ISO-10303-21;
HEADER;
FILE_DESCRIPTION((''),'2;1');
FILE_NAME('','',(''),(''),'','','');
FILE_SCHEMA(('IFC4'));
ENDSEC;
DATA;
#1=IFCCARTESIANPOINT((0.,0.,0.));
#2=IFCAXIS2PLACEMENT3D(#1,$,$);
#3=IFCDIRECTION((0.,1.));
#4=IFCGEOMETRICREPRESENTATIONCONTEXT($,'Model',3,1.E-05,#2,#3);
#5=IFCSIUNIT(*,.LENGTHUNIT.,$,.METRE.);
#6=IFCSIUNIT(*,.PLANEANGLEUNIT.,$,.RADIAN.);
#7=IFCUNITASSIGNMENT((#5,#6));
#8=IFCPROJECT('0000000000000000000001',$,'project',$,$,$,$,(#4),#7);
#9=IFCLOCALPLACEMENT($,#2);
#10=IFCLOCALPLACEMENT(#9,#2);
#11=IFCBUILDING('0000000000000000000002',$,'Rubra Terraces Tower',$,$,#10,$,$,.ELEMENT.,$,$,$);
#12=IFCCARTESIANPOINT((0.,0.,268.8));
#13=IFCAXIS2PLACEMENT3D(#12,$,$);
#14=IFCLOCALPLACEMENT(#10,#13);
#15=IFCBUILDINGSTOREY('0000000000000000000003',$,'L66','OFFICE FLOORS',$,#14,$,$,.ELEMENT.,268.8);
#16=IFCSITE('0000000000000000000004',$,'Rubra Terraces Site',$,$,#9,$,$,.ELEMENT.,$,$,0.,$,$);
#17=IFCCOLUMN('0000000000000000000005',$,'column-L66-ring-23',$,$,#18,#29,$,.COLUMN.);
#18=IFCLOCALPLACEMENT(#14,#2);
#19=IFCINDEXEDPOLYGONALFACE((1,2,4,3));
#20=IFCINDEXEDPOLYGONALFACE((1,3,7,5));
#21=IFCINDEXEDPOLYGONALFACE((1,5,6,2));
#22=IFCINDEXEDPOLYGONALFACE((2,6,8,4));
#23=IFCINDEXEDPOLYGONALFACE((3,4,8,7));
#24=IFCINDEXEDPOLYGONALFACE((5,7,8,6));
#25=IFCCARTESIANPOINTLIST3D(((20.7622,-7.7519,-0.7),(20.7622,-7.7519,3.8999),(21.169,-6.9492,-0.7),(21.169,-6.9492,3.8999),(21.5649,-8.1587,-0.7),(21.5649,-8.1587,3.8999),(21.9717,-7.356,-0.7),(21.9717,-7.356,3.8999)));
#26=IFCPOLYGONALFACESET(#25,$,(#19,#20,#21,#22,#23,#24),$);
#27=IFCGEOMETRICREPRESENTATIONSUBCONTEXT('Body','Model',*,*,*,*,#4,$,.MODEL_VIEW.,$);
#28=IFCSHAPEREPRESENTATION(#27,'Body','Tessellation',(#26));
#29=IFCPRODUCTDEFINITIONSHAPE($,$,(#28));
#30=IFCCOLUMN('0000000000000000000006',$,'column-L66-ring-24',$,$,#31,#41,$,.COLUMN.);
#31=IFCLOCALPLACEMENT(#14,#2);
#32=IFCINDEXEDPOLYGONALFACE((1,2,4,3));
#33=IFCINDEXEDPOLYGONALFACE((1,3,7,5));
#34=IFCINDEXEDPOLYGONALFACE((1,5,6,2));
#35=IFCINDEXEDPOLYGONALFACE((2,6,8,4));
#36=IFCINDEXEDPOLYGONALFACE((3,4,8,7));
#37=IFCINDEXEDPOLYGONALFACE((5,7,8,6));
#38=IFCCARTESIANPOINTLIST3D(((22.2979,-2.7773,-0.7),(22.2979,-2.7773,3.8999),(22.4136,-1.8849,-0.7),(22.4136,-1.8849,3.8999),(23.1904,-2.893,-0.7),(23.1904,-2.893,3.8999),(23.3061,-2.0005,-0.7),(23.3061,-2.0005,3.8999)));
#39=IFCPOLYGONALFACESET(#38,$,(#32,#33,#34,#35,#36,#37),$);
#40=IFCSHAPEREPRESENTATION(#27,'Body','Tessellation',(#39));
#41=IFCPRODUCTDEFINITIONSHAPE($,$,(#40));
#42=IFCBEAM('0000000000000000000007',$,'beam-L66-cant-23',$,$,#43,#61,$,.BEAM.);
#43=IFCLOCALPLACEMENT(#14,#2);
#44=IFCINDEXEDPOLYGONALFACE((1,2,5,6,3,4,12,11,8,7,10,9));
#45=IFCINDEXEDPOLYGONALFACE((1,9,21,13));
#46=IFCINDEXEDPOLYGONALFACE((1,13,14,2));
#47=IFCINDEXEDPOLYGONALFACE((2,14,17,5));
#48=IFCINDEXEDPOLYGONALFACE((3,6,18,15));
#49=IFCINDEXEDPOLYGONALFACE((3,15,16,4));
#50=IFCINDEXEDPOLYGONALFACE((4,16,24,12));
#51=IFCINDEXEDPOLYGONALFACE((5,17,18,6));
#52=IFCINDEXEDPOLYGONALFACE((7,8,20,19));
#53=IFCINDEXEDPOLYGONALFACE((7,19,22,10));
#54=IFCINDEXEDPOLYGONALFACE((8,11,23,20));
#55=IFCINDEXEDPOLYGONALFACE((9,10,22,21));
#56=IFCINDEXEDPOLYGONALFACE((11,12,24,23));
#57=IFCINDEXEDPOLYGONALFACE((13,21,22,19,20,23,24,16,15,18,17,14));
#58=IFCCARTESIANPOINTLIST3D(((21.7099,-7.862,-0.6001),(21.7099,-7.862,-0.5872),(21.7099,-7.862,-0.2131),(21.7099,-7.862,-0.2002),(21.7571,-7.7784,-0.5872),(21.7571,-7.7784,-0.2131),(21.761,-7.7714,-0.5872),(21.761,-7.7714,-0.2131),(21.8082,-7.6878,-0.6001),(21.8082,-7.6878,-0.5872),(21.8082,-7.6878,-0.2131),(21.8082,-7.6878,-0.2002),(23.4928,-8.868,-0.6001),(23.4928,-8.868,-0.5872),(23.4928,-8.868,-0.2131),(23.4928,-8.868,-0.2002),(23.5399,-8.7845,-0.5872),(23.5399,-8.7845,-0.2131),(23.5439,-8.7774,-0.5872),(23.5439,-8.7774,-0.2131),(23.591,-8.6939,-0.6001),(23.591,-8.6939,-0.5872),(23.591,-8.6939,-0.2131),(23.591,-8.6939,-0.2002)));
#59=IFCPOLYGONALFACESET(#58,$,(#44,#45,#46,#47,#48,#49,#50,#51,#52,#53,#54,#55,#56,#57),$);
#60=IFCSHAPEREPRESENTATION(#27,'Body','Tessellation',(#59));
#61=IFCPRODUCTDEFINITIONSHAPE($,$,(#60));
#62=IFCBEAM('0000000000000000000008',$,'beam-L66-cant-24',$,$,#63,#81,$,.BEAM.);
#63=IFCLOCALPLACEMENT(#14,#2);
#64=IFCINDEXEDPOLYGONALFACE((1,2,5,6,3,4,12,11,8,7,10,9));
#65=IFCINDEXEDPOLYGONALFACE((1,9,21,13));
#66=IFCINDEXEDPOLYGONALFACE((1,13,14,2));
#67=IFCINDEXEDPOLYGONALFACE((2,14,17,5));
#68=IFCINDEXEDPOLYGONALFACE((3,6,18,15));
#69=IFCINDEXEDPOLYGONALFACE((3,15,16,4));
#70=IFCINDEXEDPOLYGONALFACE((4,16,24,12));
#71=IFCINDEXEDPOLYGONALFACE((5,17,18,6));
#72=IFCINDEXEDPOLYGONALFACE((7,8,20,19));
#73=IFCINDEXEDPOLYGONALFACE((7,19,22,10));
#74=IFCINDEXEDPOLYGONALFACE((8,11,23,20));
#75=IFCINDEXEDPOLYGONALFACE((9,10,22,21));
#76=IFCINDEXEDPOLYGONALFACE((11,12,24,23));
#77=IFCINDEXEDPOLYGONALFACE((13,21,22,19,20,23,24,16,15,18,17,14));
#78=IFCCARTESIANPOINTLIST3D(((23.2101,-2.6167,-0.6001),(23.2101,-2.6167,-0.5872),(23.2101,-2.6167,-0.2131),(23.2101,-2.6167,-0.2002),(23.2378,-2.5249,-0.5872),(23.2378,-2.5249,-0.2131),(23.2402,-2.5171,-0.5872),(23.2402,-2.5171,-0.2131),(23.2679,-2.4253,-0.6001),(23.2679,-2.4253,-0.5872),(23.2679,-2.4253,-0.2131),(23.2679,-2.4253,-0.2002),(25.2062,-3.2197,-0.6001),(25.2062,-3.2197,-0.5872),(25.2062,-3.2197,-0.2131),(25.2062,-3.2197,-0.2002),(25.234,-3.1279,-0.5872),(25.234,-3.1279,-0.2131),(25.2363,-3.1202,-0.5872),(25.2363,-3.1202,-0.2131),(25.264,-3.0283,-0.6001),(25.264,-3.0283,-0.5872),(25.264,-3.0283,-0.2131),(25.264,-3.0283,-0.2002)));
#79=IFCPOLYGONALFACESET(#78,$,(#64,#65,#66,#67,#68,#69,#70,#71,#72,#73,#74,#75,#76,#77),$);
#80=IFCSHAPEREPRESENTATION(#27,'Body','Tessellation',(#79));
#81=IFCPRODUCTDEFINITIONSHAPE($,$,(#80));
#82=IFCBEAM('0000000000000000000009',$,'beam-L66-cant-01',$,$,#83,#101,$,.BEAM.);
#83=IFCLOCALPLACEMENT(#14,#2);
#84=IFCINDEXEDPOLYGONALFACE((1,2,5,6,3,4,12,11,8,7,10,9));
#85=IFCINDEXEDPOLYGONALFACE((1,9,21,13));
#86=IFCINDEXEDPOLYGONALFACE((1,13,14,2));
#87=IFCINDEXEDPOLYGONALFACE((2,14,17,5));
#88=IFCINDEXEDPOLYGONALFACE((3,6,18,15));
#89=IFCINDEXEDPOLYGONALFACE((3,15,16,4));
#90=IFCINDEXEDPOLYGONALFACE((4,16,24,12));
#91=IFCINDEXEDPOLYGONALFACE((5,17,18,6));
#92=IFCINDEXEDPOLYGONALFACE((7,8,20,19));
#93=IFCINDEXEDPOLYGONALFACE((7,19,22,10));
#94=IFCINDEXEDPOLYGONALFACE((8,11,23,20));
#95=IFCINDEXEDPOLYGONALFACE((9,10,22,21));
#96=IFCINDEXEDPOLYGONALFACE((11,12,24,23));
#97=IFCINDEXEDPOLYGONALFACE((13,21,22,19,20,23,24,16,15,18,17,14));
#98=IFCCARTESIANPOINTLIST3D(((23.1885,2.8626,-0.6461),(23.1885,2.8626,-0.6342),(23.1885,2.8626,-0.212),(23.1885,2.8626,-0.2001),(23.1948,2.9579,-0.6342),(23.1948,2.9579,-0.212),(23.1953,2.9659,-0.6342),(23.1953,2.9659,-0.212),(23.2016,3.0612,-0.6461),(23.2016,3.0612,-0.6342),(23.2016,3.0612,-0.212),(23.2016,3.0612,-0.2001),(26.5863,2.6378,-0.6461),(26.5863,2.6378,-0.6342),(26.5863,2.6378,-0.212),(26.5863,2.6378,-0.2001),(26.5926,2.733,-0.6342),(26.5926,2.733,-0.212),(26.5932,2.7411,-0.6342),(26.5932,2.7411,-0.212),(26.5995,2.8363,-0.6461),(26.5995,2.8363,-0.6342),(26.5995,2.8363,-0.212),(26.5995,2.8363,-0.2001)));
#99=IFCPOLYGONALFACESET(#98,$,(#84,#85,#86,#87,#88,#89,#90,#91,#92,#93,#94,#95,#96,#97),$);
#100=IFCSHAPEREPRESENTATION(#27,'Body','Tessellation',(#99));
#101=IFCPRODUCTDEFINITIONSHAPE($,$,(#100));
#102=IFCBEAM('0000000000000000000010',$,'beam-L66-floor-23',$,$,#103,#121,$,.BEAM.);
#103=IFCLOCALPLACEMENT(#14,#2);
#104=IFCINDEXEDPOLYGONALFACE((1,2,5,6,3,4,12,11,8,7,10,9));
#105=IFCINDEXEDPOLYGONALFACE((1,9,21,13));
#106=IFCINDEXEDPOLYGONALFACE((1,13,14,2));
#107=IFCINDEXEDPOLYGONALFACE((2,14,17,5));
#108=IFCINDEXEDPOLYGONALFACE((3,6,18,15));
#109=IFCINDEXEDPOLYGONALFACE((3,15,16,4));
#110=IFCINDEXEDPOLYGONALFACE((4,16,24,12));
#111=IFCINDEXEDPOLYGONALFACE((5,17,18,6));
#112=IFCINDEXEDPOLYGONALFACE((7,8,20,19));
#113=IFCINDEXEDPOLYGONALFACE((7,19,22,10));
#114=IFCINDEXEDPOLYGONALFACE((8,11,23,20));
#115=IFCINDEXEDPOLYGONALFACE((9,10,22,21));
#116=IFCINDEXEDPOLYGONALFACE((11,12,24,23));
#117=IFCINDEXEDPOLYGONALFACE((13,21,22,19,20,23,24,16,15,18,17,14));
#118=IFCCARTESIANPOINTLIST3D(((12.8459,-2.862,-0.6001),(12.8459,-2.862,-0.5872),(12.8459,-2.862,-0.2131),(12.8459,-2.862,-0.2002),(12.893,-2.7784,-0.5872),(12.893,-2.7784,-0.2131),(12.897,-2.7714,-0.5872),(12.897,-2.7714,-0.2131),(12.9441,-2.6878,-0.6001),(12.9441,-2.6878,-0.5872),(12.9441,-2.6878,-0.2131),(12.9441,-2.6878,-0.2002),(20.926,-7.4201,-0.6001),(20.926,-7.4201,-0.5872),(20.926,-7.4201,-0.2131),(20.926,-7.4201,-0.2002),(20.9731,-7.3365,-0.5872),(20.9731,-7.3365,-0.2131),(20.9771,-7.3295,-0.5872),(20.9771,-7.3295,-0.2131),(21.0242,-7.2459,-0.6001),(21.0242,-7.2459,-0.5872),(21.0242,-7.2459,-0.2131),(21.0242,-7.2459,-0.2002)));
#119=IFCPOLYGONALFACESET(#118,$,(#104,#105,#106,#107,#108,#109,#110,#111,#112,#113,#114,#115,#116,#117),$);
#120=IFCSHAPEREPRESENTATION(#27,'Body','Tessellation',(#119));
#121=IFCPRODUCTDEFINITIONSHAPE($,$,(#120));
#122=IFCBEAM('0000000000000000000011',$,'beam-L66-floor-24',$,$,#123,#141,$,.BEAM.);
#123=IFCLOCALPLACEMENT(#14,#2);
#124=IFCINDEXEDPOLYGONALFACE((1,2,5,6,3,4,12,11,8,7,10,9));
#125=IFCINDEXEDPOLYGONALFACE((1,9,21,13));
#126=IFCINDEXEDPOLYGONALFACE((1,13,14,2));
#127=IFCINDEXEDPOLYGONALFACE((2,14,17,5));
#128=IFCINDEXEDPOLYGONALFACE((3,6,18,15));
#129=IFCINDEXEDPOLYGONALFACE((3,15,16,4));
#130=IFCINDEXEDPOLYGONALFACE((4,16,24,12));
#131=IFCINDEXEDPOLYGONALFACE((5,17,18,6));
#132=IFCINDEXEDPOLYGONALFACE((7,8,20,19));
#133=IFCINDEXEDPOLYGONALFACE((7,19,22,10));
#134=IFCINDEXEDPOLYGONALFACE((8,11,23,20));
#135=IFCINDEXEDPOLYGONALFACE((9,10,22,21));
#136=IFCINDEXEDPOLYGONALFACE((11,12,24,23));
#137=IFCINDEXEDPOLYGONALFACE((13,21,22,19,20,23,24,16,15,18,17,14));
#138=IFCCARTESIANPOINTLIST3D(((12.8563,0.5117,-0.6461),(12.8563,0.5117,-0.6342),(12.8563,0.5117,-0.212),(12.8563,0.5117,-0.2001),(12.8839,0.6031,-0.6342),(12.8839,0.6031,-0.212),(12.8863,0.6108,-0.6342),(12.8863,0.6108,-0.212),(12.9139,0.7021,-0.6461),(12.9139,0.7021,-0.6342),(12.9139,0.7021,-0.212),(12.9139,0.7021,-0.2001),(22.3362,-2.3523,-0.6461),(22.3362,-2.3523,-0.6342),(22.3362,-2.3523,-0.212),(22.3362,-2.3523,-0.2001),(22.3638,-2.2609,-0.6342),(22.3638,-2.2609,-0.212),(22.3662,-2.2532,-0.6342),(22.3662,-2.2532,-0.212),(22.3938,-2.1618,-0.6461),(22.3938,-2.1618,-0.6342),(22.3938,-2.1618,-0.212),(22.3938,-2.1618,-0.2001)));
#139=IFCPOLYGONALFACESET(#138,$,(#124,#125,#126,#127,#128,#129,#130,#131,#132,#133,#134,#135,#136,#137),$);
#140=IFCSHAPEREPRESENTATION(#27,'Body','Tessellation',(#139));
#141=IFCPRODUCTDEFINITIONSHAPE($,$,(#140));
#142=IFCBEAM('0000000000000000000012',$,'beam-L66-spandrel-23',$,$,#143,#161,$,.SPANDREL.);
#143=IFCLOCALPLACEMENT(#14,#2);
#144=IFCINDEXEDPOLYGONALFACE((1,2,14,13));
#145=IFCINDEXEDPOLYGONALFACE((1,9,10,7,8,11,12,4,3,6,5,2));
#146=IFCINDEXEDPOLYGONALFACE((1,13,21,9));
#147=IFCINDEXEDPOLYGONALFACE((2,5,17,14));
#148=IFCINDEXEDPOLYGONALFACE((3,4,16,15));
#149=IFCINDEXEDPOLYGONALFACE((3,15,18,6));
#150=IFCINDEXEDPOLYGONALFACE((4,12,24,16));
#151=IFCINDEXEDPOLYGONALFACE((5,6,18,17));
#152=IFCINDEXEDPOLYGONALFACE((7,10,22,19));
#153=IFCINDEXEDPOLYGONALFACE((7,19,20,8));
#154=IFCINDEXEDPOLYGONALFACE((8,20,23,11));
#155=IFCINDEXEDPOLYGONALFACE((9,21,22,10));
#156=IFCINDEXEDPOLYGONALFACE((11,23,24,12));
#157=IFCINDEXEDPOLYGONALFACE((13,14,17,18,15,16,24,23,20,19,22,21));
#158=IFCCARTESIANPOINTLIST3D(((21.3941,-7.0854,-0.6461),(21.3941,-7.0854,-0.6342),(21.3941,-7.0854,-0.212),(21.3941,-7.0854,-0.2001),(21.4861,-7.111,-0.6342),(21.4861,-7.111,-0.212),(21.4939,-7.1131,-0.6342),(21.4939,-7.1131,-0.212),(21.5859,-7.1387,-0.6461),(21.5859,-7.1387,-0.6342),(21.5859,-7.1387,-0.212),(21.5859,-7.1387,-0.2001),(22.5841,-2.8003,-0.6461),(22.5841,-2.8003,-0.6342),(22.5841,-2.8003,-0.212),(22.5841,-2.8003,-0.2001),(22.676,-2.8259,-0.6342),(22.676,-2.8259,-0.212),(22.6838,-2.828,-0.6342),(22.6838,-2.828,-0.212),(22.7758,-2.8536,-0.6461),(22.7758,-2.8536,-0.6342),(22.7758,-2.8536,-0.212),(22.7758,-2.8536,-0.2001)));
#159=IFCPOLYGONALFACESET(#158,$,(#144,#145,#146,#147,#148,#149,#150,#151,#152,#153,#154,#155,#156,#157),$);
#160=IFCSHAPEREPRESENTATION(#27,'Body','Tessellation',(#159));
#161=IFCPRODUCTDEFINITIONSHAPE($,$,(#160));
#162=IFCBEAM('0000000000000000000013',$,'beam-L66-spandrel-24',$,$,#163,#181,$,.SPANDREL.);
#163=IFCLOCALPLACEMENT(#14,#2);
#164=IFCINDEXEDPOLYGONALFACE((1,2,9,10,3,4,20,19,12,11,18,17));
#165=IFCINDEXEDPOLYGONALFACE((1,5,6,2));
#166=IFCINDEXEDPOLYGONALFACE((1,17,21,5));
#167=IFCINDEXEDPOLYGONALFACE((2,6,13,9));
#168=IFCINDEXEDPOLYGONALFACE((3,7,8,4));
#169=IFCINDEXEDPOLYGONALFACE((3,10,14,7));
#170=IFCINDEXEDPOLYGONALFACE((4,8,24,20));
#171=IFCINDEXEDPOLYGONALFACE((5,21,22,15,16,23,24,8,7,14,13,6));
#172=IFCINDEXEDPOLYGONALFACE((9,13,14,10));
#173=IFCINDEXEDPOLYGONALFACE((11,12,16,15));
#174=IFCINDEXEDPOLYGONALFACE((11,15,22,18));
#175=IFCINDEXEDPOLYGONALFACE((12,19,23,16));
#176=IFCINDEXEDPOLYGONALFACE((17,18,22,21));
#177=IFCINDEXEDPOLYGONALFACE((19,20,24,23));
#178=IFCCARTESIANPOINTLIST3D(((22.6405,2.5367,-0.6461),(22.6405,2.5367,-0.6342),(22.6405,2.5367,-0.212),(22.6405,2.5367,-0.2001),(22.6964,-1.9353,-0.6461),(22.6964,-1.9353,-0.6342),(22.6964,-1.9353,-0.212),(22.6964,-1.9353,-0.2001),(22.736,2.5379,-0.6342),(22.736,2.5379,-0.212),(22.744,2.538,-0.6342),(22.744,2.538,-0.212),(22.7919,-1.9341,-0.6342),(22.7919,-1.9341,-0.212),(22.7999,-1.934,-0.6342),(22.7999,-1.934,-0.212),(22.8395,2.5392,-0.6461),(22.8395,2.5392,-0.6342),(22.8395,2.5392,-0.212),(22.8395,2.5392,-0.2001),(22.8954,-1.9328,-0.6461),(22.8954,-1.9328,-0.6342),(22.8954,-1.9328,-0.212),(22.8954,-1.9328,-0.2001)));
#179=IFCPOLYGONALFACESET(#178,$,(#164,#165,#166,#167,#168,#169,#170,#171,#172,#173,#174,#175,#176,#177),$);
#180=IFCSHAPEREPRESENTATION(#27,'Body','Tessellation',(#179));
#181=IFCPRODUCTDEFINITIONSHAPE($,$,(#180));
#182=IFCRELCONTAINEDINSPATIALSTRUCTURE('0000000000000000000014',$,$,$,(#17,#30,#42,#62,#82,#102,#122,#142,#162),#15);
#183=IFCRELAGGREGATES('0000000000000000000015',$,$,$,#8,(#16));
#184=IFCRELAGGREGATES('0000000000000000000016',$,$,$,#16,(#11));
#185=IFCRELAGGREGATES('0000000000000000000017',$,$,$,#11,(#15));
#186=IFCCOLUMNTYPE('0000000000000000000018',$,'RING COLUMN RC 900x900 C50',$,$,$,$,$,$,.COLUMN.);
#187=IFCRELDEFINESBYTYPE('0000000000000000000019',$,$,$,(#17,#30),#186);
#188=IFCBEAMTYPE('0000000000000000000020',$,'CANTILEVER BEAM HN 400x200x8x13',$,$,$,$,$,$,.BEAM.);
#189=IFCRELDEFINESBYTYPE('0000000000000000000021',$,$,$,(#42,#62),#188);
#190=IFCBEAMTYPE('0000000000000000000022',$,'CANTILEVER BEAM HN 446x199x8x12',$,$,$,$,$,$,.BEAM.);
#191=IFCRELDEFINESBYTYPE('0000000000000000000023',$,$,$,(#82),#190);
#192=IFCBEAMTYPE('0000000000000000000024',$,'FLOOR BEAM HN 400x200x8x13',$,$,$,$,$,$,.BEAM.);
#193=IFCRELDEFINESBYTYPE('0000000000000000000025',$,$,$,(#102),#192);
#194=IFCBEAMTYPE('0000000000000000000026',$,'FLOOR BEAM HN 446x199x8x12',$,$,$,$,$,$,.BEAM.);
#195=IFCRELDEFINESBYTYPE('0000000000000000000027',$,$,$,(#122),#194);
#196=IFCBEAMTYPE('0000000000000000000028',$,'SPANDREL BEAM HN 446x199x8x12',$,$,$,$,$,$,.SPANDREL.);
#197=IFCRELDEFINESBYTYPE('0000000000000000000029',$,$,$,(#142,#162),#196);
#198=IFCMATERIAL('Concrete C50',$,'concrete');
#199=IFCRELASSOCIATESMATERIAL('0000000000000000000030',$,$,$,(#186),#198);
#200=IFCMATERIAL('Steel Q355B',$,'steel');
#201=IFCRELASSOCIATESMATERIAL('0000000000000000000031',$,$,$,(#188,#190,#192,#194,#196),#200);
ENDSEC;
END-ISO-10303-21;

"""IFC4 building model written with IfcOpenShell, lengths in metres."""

from ifc_helpers import new_model, si_unit, direction, frame, origin, origin_2d, place, context, subcontext, project, spatial, rectangle, i_section, extrude, material, material_profile, profile_set, type_object, element, save


model = new_model("IFC4")

# Units and contexts
model_context = context("Model", 3, precision=1e-05, world=origin(), true_north=direction((0.0, 1.0)))
body_context = subcontext(model_context, "Body", "Model", "MODEL_VIEW")
ifc_project = project(units=[si_unit("LENGTHUNIT", "METRE"), si_unit("PLANEANGLEUNIT", "RADIAN")], contexts=[model_context])

# Site, building, storey
site_placement = place(None, origin())
site = spatial("IfcSite", under=ifc_project, at=site_placement, Name="Rubra Terraces Site", CompositionType="ELEMENT", RefElevation=0.0)
building_placement = place(site_placement, origin())
building = spatial("IfcBuilding", under=site, at=building_placement, Name="Rubra Terraces Tower", CompositionType="ELEMENT")
storey_placement = place(building_placement, frame((0.0, 0.0, 268.8)))
storey = spatial("IfcBuildingStorey", under=building, at=storey_placement, Name="L66", Description="OFFICE FLOORS", CompositionType="ELEMENT", Elevation=268.8)

# Columns
ifc_material_1 = material(Name="Concrete C50", Category="concrete")
ifc_material_profile_1 = material_profile(ifc_material_1, rectangle(XDim=0.8999, YDim=0.8999, at=origin_2d()), Name="RC 900x900")
ifc_profile_set_1 = profile_set([ifc_material_profile_1], Name="Concrete C50")
column_type = type_object("IfcColumnType", Name="RING COLUMN RC 900x900 C50", PredefinedType="COLUMN", material=ifc_profile_set_1)
for number, where, z_axis, x_axis, name in (
    (1, (21.3669, -7.554, -0.7), (0.0, 0.0, 1.0), (0.452079, 0.891978, 0.0), "column-L66-ring-23"),
    (2, (22.802, -2.3889, -0.7), (0.0, 0.0, 1.0), (0.128535, 0.991705, 0.0), "column-L66-ring-24"),
):
    element("IfcColumn", number, at=place(storey_placement, frame(where, z_axis=z_axis, x_axis=x_axis)), inside=storey, type_object=column_type, Name=name, PredefinedType="COLUMN", context=body_context, shape_type="SweptSolid", body=[
        extrude(rectangle(XDim=0.8999, YDim=0.8999, at=origin_2d()), origin(), (0.0, 0.0, 1.0), 4.5999),
    ])

# Beams
ifc_material_2 = material(Name="Steel Q355B", Category="steel")
ifc_material_profile_2 = material_profile(ifc_material_2, i_section(OverallWidth=0.2, OverallDepth=0.3999, WebThickness=0.0081, FlangeThickness=0.0129, at=origin_2d()), Name="HN 400x200x8x13")
ifc_profile_set_2 = profile_set([ifc_material_profile_2], Name="Steel Q355B")
beam_type_1 = type_object("IfcBeamType", Name="CANTILEVER BEAM HN 400x200x8x13", PredefinedType="BEAM", material=ifc_profile_set_2)
beam_1_placement = place(storey_placement, frame((21.759, -7.7749, -0.4001), z_axis=(0.870909, -0.491444, 0.0), x_axis=(0.491444, 0.870909, 0.0)))
element("IfcBeam", 3, at=beam_1_placement, inside=storey, type_object=beam_type_1, Name="beam-L66-cant-23", PredefinedType="BEAM", context=body_context, shape_type="SweptSolid", body=[
    extrude(i_section(OverallWidth=0.2, OverallDepth=0.3999, WebThickness=0.0081, FlangeThickness=0.0129, at=origin_2d()), origin(), (0.0, 0.0, 1.0), 2.0471),
])
beam_2_placement = place(storey_placement, frame((23.239, -2.521, -0.4001), z_axis=(0.95727, -0.289195, 0.0), x_axis=(0.289195, 0.95727, 0.0)))
element("IfcBeam", 4, at=beam_2_placement, inside=storey, type_object=beam_type_1, Name="beam-L66-cant-24", PredefinedType="BEAM", context=body_context, shape_type="SweptSolid", body=[
    extrude(i_section(OverallWidth=0.2, OverallDepth=0.3999, WebThickness=0.0081, FlangeThickness=0.0129, at=origin_2d()), origin(), (0.0, 0.0, 1.0), 2.0852),
])
ifc_material_profile_3 = material_profile(ifc_material_2, i_section(OverallWidth=0.199, OverallDepth=0.446, WebThickness=0.0081, FlangeThickness=0.012, at=origin_2d()), Name="HN 446x199x8x12")
ifc_profile_set_3 = profile_set([ifc_material_profile_3], Name="Steel Q355B")
beam_type_2 = type_object("IfcBeamType", Name="CANTILEVER BEAM HN 446x199x8x12", PredefinedType="BEAM", material=ifc_profile_set_3)
beam_3_placement = place(storey_placement, frame((23.1951, 2.9619, -0.4231), z_axis=(0.997818, -0.066029, 0.0), x_axis=(0.066029, 0.997818, 0.0)))
element("IfcBeam", 5, at=beam_3_placement, inside=storey, type_object=beam_type_2, Name="beam-L66-cant-01", PredefinedType="BEAM", context=body_context, shape_type="SweptSolid", body=[
    extrude(i_section(OverallWidth=0.199, OverallDepth=0.446, WebThickness=0.0081, FlangeThickness=0.012, at=origin_2d()), origin(), (0.0, 0.0, 1.0), 3.4053),
])
ifc_material_profile_4 = material_profile(ifc_material_2, i_section(OverallWidth=0.2, OverallDepth=0.3999, WebThickness=0.0081, FlangeThickness=0.0129, at=origin_2d()), Name="HN 400x200x8x13")
ifc_profile_set_4 = profile_set([ifc_material_profile_4], Name="Steel Q355B")
beam_type_3 = type_object("IfcBeamType", Name="FLOOR BEAM HN 400x200x8x13", PredefinedType="BEAM", material=ifc_profile_set_4)
beam_4_placement = place(storey_placement, frame((20.9751, -7.333, -0.4001), z_axis=(-0.870973, 0.49133, 0.0), x_axis=(-0.49133, -0.870973, 0.0)))
element("IfcBeam", 6, at=beam_4_placement, inside=storey, type_object=beam_type_3, Name="beam-L66-floor-23", PredefinedType="BEAM", context=body_context, shape_type="SweptSolid", body=[
    extrude(i_section(OverallWidth=0.2, OverallDepth=0.3999, WebThickness=0.0081, FlangeThickness=0.0129, at=origin_2d()), origin(), (0.0, 0.0, 1.0), 9.2771),
])
ifc_material_profile_5 = material_profile(ifc_material_2, i_section(OverallWidth=0.199, OverallDepth=0.446, WebThickness=0.0081, FlangeThickness=0.012, at=origin_2d()), Name="HN 446x199x8x12")
ifc_profile_set_5 = profile_set([ifc_material_profile_5], Name="Steel Q355B")
beam_type_4 = type_object("IfcBeamType", Name="FLOOR BEAM HN 446x199x8x12", PredefinedType="BEAM", material=ifc_profile_set_5)
beam_5_placement = place(storey_placement, frame((22.365, -2.2571, -0.4231), z_axis=(-0.957268, 0.289202, 0.0), x_axis=(-0.289202, -0.957268, 0.0)))
element("IfcBeam", 7, at=beam_5_placement, inside=storey, type_object=beam_type_4, Name="beam-L66-floor-24", PredefinedType="BEAM", context=body_context, shape_type="SweptSolid", body=[
    extrude(i_section(OverallWidth=0.199, OverallDepth=0.446, WebThickness=0.0081, FlangeThickness=0.012, at=origin_2d()), origin(), (0.0, 0.0, 1.0), 9.9031),
])
ifc_material_profile_6 = material_profile(ifc_material_2, i_section(OverallWidth=0.199, OverallDepth=0.446, WebThickness=0.0081, FlangeThickness=0.012, at=origin_2d()), Name="HN 446x199x8x12")
ifc_profile_set_6 = profile_set([ifc_material_profile_6], Name="Steel Q355B")
beam_type_5 = type_object("IfcBeamType", Name="SPANDREL BEAM HN 446x199x8x12", PredefinedType="SPANDREL", material=ifc_profile_set_6)
beam_6_placement = place(storey_placement, frame((21.49, -7.1121, -0.4231), z_axis=(0.267565, 0.96354, 0.0), x_axis=(-0.96354, 0.267565, 0.0)))
element("IfcBeam", 8, at=beam_6_placement, inside=storey, type_object=beam_type_5, Name="beam-L66-spandrel-23", PredefinedType="SPANDREL", context=body_context, shape_type="SweptSolid", body=[
    extrude(i_section(OverallWidth=0.199, OverallDepth=0.446, WebThickness=0.0081, FlangeThickness=0.012, at=origin_2d()), origin(), (0.0, 0.0, 1.0), 4.4473),
])
beam_7_placement = place(storey_placement, frame((22.7959, -1.9341, -0.4231), z_axis=(-0.0125, 0.999922, 0.0), x_axis=(-0.999922, -0.0125, 0.0)))
element("IfcBeam", 9, at=beam_7_placement, inside=storey, type_object=beam_type_5, Name="beam-L66-spandrel-24", PredefinedType="SPANDREL", context=body_context, shape_type="SweptSolid", body=[
    extrude(i_section(OverallWidth=0.199, OverallDepth=0.446, WebThickness=0.0081, FlangeThickness=0.012, at=origin_2d()), origin(), (0.0, 0.0, 1.0), 4.4724),
])

save(model, "model.ifc")
